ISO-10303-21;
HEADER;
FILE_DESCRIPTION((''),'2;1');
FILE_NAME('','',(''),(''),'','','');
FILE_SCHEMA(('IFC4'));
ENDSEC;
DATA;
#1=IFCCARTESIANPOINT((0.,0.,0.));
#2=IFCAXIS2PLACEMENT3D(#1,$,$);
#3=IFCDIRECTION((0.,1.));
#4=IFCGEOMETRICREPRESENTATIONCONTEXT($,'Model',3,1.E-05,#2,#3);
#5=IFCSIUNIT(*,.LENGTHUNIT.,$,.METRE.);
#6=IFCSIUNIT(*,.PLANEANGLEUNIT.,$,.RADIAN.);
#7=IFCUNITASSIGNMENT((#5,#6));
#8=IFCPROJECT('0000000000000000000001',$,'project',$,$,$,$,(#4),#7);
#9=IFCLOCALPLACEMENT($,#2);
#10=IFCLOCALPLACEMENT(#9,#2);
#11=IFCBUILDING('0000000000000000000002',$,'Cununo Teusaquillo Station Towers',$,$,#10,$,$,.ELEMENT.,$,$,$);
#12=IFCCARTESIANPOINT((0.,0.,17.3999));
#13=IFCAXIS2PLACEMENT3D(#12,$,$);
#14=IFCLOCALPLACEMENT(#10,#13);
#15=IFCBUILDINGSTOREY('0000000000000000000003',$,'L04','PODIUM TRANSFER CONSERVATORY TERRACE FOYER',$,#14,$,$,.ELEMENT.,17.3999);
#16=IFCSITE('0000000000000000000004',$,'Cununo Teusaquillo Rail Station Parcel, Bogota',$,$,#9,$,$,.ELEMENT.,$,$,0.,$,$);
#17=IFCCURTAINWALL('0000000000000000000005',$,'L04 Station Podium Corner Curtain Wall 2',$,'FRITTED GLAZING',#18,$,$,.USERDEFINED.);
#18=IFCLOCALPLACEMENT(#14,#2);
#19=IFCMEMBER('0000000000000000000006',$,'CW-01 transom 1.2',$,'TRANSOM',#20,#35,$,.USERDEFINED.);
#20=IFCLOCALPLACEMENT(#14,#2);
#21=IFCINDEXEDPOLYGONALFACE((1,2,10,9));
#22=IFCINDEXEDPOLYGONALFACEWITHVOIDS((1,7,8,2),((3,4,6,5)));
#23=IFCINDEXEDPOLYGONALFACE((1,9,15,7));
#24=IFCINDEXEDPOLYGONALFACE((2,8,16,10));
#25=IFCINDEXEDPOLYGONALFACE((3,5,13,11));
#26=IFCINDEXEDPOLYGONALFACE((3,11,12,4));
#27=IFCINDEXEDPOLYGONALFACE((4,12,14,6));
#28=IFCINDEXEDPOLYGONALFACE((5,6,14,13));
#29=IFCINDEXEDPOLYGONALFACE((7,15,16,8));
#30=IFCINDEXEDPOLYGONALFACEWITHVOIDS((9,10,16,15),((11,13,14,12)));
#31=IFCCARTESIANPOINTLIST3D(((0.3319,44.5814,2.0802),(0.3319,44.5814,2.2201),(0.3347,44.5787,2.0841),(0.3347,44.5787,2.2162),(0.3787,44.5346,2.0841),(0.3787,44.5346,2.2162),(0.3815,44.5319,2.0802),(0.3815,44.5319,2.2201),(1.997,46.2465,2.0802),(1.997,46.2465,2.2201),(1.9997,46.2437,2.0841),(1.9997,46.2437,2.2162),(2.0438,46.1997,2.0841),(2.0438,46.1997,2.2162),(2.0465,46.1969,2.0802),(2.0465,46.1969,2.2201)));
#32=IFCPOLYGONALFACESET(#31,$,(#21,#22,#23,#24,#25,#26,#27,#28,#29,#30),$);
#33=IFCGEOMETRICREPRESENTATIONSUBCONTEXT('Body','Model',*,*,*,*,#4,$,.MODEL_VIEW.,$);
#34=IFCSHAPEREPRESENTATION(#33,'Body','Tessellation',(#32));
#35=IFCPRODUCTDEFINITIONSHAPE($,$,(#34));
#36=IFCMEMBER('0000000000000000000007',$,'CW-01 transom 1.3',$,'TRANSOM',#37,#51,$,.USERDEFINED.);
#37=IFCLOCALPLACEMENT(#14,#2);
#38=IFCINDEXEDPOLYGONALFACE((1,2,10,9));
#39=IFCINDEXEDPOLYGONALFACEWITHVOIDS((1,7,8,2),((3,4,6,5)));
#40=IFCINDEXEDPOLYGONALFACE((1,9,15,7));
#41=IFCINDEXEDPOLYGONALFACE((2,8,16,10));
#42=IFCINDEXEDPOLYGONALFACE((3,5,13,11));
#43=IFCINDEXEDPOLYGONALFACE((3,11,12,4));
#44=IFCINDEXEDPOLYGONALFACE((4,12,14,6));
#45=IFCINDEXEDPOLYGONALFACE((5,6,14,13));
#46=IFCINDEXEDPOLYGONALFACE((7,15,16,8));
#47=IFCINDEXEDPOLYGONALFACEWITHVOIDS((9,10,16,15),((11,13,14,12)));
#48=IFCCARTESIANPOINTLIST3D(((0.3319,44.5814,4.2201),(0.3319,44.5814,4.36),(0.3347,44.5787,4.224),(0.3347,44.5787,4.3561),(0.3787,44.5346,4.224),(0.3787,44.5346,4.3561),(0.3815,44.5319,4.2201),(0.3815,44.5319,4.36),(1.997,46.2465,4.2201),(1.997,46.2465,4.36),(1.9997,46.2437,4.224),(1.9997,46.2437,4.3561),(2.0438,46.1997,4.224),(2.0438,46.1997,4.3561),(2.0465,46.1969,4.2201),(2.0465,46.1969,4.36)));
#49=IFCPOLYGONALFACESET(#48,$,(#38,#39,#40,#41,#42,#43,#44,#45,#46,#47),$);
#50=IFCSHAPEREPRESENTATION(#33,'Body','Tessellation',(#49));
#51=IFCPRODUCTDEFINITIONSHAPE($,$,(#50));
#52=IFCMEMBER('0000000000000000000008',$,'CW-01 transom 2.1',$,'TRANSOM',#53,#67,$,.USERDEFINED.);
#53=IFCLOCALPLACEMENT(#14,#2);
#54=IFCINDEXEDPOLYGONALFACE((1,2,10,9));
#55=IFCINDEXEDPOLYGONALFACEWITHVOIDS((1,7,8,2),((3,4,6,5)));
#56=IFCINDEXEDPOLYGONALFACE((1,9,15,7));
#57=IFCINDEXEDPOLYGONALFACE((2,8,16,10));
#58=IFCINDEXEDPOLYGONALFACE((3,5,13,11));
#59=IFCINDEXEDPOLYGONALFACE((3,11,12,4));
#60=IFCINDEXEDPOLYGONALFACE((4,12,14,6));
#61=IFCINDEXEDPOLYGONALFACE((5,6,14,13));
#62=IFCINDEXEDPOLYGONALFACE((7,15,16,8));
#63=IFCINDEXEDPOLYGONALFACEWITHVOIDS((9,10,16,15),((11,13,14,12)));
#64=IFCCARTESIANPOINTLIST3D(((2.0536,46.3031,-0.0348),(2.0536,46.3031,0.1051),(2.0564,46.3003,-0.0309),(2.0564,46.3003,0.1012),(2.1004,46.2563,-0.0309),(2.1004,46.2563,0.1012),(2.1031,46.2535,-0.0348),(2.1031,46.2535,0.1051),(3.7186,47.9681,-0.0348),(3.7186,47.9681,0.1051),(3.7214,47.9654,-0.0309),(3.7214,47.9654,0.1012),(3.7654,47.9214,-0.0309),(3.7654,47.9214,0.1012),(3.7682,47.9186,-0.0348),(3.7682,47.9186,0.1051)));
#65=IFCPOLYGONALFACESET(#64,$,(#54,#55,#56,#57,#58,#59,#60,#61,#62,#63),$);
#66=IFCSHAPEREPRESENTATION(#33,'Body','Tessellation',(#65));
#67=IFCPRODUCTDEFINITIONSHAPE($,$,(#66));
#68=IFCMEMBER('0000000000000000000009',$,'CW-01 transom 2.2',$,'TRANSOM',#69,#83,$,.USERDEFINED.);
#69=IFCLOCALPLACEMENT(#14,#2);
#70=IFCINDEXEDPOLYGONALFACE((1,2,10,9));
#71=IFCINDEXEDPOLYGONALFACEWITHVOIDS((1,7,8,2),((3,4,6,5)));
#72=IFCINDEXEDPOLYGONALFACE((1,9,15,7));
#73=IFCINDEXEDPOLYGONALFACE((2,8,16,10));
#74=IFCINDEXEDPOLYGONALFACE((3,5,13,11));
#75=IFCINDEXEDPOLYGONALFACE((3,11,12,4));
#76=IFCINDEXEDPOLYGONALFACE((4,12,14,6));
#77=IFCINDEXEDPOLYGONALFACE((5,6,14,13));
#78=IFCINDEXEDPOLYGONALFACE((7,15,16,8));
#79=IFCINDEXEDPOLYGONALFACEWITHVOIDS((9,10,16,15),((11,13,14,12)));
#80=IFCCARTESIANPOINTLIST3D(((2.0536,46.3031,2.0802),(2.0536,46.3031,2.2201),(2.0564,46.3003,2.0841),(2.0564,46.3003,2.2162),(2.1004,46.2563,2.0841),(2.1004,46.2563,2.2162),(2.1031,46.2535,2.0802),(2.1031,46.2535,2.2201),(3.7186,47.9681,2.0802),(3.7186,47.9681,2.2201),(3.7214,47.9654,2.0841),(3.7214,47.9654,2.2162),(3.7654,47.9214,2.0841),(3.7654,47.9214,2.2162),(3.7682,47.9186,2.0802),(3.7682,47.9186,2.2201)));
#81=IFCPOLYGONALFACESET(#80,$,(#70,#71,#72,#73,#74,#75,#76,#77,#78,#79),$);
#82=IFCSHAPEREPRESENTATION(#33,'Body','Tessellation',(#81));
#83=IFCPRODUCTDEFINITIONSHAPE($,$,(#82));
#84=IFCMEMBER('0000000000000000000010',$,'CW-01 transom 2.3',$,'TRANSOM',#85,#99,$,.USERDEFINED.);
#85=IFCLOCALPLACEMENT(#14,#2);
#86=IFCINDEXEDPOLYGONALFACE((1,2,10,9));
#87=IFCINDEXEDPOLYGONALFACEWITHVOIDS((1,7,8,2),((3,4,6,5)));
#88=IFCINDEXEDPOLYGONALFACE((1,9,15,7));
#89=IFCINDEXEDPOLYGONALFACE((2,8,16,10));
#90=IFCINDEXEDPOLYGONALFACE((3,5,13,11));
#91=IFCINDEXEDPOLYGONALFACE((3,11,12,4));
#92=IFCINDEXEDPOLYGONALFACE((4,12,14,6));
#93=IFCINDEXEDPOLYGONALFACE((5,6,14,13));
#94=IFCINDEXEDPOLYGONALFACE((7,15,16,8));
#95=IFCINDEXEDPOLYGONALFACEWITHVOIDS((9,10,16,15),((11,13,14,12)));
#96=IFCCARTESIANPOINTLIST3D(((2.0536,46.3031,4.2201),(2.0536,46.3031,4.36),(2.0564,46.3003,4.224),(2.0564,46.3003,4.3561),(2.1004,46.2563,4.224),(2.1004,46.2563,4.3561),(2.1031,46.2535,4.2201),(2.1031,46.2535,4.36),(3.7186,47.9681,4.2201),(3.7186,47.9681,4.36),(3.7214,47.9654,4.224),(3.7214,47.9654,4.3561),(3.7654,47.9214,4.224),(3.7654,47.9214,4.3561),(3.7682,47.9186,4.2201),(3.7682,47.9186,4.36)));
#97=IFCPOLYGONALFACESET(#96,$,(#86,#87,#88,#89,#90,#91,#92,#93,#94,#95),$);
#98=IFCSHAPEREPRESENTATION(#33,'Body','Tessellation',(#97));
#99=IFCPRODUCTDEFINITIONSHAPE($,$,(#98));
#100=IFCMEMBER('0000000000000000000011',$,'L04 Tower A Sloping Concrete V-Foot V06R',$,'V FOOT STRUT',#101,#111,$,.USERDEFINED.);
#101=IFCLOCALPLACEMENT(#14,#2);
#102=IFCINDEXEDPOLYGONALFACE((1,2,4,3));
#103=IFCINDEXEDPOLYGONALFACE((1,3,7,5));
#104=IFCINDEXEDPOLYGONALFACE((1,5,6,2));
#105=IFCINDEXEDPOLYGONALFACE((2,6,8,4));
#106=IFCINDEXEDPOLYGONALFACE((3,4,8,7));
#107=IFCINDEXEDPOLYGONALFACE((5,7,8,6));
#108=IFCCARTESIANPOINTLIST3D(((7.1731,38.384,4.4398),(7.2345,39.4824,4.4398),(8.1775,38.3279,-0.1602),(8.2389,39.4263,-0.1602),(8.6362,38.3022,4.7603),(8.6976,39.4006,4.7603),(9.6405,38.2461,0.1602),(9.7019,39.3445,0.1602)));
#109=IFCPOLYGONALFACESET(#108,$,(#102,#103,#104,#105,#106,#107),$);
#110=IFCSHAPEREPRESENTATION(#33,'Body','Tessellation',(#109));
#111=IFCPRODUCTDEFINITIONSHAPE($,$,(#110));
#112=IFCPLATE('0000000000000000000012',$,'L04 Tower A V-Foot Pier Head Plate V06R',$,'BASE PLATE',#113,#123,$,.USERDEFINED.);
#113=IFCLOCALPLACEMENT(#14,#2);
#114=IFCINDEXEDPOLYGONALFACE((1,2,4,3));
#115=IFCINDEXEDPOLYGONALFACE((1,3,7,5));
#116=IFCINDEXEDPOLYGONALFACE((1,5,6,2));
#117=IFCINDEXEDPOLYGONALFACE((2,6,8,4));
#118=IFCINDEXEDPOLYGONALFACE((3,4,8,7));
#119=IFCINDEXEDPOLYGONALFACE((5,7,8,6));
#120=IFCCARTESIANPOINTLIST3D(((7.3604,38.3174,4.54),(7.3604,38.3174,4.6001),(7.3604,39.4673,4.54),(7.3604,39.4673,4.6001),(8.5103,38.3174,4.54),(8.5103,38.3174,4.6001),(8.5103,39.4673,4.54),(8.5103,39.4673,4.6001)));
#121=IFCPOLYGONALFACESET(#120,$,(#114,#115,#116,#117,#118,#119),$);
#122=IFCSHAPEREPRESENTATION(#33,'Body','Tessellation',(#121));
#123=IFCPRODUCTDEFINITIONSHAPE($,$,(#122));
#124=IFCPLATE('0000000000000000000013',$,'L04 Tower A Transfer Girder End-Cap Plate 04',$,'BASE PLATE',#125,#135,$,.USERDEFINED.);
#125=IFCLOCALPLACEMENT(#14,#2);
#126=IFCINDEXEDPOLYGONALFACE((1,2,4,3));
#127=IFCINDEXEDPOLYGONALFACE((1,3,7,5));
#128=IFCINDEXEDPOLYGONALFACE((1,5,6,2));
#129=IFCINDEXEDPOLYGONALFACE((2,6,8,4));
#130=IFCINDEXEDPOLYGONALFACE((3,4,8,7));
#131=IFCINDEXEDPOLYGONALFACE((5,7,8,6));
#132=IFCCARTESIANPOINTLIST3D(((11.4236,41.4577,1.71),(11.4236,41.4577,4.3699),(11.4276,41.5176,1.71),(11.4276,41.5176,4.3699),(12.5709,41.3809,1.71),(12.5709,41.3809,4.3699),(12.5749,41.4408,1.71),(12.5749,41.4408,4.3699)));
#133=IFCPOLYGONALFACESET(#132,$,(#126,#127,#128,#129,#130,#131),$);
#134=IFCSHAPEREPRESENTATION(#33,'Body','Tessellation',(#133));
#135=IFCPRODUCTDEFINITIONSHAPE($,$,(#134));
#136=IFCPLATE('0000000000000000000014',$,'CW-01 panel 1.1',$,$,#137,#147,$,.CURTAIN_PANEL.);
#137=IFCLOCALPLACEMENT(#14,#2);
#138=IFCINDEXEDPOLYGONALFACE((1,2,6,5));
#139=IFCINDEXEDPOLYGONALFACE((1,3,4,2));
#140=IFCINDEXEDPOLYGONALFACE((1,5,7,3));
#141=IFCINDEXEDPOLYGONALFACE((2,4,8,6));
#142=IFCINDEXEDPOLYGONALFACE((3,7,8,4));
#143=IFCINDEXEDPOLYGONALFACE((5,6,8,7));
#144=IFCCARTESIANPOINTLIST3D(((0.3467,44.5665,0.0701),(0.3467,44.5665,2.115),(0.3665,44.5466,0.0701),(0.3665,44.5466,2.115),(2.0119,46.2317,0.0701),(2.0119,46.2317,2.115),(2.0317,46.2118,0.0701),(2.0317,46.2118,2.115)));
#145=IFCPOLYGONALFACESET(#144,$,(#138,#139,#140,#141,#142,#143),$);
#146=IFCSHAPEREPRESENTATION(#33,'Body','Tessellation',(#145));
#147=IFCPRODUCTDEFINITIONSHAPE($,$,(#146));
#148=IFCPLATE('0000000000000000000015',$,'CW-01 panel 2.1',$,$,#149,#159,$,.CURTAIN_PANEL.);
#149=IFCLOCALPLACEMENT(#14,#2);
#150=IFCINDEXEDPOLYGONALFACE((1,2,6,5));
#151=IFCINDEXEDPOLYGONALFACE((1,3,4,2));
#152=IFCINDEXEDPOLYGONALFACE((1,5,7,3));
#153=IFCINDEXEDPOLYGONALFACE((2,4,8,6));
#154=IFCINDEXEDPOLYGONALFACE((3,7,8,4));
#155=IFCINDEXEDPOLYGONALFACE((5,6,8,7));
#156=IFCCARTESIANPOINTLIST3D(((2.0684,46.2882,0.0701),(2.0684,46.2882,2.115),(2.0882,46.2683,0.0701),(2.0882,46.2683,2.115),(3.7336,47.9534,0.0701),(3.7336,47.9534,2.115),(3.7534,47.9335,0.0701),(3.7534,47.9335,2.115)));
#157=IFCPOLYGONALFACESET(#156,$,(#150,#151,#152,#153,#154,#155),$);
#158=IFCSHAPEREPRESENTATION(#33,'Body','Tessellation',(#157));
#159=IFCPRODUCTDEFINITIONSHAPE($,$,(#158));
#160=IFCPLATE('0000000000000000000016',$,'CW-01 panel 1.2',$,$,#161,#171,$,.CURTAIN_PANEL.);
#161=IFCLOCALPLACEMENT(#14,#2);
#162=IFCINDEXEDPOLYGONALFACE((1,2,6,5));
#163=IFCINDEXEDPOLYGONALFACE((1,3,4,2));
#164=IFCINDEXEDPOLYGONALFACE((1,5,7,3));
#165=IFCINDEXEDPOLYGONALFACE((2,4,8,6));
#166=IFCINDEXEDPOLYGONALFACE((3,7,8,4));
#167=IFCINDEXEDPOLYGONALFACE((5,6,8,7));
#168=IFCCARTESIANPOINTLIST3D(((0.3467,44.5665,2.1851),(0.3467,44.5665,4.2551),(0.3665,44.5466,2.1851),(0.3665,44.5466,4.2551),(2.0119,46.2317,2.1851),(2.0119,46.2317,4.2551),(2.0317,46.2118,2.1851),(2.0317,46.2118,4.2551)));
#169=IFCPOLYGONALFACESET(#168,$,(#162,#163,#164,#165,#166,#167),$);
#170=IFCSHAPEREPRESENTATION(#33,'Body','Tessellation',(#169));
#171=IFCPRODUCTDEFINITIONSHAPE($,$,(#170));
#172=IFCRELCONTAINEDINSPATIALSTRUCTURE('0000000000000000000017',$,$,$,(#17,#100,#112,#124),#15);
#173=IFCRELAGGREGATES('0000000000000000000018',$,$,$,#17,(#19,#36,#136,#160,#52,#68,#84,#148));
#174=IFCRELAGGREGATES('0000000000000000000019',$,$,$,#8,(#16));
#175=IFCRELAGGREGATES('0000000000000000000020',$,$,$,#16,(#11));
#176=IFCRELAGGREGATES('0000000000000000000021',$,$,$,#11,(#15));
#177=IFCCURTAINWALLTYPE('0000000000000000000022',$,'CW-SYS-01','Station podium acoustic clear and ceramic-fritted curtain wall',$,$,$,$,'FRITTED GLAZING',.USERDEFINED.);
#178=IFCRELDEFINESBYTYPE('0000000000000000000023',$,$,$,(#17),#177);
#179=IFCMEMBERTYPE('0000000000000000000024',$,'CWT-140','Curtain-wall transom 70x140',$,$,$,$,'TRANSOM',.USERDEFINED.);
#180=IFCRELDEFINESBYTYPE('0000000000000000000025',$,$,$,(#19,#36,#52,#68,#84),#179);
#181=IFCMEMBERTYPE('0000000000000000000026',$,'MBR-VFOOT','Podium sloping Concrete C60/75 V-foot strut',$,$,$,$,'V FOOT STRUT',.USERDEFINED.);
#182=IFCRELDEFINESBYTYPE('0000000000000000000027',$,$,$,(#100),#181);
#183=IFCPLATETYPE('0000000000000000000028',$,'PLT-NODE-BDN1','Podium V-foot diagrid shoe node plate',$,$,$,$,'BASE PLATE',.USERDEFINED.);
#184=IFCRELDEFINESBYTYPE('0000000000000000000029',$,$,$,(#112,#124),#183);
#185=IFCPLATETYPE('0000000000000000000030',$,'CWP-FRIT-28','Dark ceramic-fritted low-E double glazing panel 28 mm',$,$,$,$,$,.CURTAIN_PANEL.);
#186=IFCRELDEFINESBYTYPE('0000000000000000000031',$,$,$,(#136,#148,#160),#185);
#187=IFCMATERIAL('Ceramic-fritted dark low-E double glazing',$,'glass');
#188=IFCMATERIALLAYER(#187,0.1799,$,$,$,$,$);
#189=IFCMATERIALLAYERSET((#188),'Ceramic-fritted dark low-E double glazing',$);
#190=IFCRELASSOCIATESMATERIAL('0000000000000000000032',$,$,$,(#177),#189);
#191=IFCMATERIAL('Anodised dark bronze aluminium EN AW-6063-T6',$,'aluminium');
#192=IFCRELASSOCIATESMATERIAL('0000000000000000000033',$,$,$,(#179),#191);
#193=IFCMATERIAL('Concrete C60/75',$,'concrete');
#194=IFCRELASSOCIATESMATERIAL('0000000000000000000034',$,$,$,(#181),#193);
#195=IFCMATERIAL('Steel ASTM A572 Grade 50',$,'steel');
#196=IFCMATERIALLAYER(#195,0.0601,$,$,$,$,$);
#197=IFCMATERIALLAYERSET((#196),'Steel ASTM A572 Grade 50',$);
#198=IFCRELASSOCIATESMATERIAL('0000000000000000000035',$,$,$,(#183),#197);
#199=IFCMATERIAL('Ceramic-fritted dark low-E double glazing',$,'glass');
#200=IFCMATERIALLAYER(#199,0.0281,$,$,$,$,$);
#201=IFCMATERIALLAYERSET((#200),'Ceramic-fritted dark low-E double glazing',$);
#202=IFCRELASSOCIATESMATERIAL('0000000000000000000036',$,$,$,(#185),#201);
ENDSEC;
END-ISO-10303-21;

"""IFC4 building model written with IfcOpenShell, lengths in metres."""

from ifc_helpers import new_model, si_unit, direction, frame, origin, origin_2d, place, context, subcontext, project, spatial, rectangle, hollow_rectangle, extrude, source, transform, mapped, material, layer, layer_set, material_profile, profile_set, type_object, element, aggregate, save


model = new_model("IFC4")

# Units and contexts
model_context = context("Model", 3, precision=1e-05, world=origin(), true_north=direction((0.0, 1.0)))
body_context = subcontext(model_context, "Body", "Model", "MODEL_VIEW")
ifc_project = project(units=[si_unit("LENGTHUNIT", "METRE"), si_unit("PLANEANGLEUNIT", "RADIAN")], contexts=[model_context])

# Site, building, storey
site_placement = place(None, origin())
site = spatial("IfcSite", under=ifc_project, at=site_placement, Name="Cununo Teusaquillo Rail Station Parcel, Bogota", CompositionType="ELEMENT", RefElevation=0.0)
building_placement = place(site_placement, origin())
building = spatial("IfcBuilding", under=site, at=building_placement, Name="Cununo Teusaquillo Station Towers", CompositionType="ELEMENT")
storey_placement = place(building_placement, frame((0.0, 0.0, 17.3999)))
storey = spatial("IfcBuildingStorey", under=building, at=storey_placement, Name="L04", Description="PODIUM TRANSFER CONSERVATORY TERRACE FOYER", CompositionType="ELEMENT", Elevation=17.3999)

# Curtain wall, members
ifc_material_1 = material(Name="Ceramic-fritted dark low-E double glazing", Category="glass")
ifc_layer_1 = layer(ifc_material_1, 0.1799)
ifc_layer_set_1 = layer_set([ifc_layer_1], Name="Ceramic-fritted dark low-E double glazing")
curtain_wall_type = type_object("IfcCurtainWallType", Name="CW-SYS-01", Description="Station podium acoustic clear and ceramic-fritted curtain wall", ElementType="FRITTED GLAZING", PredefinedType="USERDEFINED", material=ifc_layer_set_1)
curtain_wall_placement = place(storey_placement, origin())
curtain_wall = element("IfcCurtainWall", 1, at=curtain_wall_placement, inside=storey, type_object=curtain_wall_type, Name="L04 Station Podium Corner Curtain Wall 2", ObjectType="FRITTED GLAZING", PredefinedType="USERDEFINED")
ifc_material_2 = material(Name="Anodised dark bronze aluminium EN AW-6063-T6", Category="aluminium")
ifc_material_profile_1 = material_profile(ifc_material_2, hollow_rectangle(XDim=0.0701, YDim=0.1399, WallThickness=0.0039, at=origin_2d()), Name="CW-TRAN-70x140")
ifc_profile_set_1 = profile_set([ifc_material_profile_1], Name="Anodised dark bronze aluminium EN AW-6063-T6")
member_type_1 = type_object("IfcMemberType", Name="CWT-140", Description="Curtain-wall transom 70x140", ElementType="TRANSOM", PredefinedType="USERDEFINED", material=ifc_profile_set_1)
member_1_placement = place(storey_placement, frame((0.3567, 44.5566, 2.1501), z_axis=(0.707107, 0.707107, 0.0), x_axis=(-0.707107, 0.707107, 0.0)))
member_1 = element("IfcMember", 2, at=member_1_placement, type_object=member_type_1, Name="CW-01 transom 1.2", ObjectType="TRANSOM", PredefinedType="USERDEFINED", context=body_context, shape_type="SweptSolid", body=[
    extrude(hollow_rectangle(XDim=0.0701, YDim=0.1399, WallThickness=0.0039, at=origin_2d()), origin(), (0.0, 0.0, 1.0), 2.3547),
])
member_2_placement = place(storey_placement, frame((0.3567, 44.5566, 4.29), z_axis=(0.707107, 0.707107, 0.0), x_axis=(-0.707107, 0.707107, 0.0)))
member_2 = element("IfcMember", 3, at=member_2_placement, type_object=member_type_1, Name="CW-01 transom 1.3", ObjectType="TRANSOM", PredefinedType="USERDEFINED", context=body_context, shape_type="SweptSolid", body=[
    extrude(hollow_rectangle(XDim=0.0701, YDim=0.1399, WallThickness=0.0039, at=origin_2d()), origin(), (0.0, 0.0, 1.0), 2.3547),
])
member_3_placement = place(storey_placement, frame((2.0784, 46.2783, 0.0352), z_axis=(0.707107, 0.707107, 0.0), x_axis=(-0.707107, 0.707107, 0.0)))
member_3 = element("IfcMember", 4, at=member_3_placement, type_object=member_type_1, Name="CW-01 transom 2.1", ObjectType="TRANSOM", PredefinedType="USERDEFINED", context=body_context, shape_type="SweptSolid", body=[
    extrude(hollow_rectangle(XDim=0.0701, YDim=0.1399, WallThickness=0.0039, at=origin_2d()), origin(), (0.0, 0.0, 1.0), 2.3547),
])
member_4_placement = place(storey_placement, frame((2.0784, 46.2783, 2.1501), z_axis=(0.707107, 0.707107, 0.0), x_axis=(-0.707107, 0.707107, 0.0)))
member_4 = element("IfcMember", 5, at=member_4_placement, type_object=member_type_1, Name="CW-01 transom 2.2", ObjectType="TRANSOM", PredefinedType="USERDEFINED", context=body_context, shape_type="SweptSolid", body=[
    extrude(hollow_rectangle(XDim=0.0701, YDim=0.1399, WallThickness=0.0039, at=origin_2d()), origin(), (0.0, 0.0, 1.0), 2.3547),
])
member_5_placement = place(storey_placement, frame((2.0784, 46.2783, 4.29), z_axis=(0.707107, 0.707107, 0.0), x_axis=(-0.707107, 0.707107, 0.0)))
member_5 = element("IfcMember", 6, at=member_5_placement, type_object=member_type_1, Name="CW-01 transom 2.3", ObjectType="TRANSOM", PredefinedType="USERDEFINED", context=body_context, shape_type="SweptSolid", body=[
    extrude(hollow_rectangle(XDim=0.0701, YDim=0.1399, WallThickness=0.0039, at=origin_2d()), origin(), (0.0, 0.0, 1.0), 2.3547),
])

# Member
ifc_material_3 = material(Name="Concrete C60/75", Category="concrete")
ifc_material_profile_2 = material_profile(ifc_material_3, rectangle(XDim=1.1001, YDim=1.5, at=origin_2d()), Name="RC-RECT-1500x1100")
ifc_profile_set_2 = profile_set([ifc_material_profile_2], Name="Concrete C60/75")
member_type_2 = type_object("IfcMemberType", Name="MBR-VFOOT", Description="Podium sloping Concrete C60/75 V-foot strut", ElementType="V FOOT STRUT", PredefinedType="USERDEFINED", material=ifc_profile_set_2)
member_6_placement = place(storey_placement, frame((8.9397, 38.8362, 0.0), z_axis=(-0.213301, 0.011925, 0.976914), x_axis=(-0.055819, -0.998441, 0.0)))
element("IfcMember", 7, at=member_6_placement, inside=storey, type_object=member_type_2, Name="L04 Tower A Sloping Concrete V-Foot V06R", ObjectType="V FOOT STRUT", PredefinedType="USERDEFINED", context=body_context, shape_type="SweptSolid", body=[
    extrude(rectangle(XDim=1.1001, YDim=1.5, at=origin_2d()), origin(), (0.0, 0.0, 1.0), 4.7087),
])

# Plates
ifc_material_4 = material(Name="Steel ASTM A572 Grade 50", Category="steel")
ifc_layer_2 = layer(ifc_material_4, 0.0601)
ifc_layer_set_2 = layer_set([ifc_layer_2], Name="Steel ASTM A572 Grade 50")
plate_type_1 = type_object("IfcPlateType", Name="PLT-NODE-BDN1", Description="Podium V-foot diagrid shoe node plate", ElementType="BASE PLATE", PredefinedType="USERDEFINED", material=ifc_layer_set_2)
shared_shape_1 = source(origin(), body_context, "Body", "SweptSolid", [
    extrude(rectangle(XDim=1.1499, YDim=1.1499, at=origin_2d()), origin(), (0.0, 0.0, 1.0), 0.0601),
])
plate_1_placement = place(storey_placement, frame((7.9353, 38.8923, 4.54), z_axis=(0.0, 0.0, 1.0), x_axis=(1.0, 0.0, 0.0)))
element("IfcPlate", 8, at=plate_1_placement, inside=storey, type_object=plate_type_1, Name="L04 Tower A V-Foot Pier Head Plate V06R", ObjectType="BASE PLATE", PredefinedType="USERDEFINED", context=body_context, shape_type="MappedRepresentation", body=[
    mapped(shared_shape_1, transform((0.0, 0.0, 0.0), x_axis=(1.0, 0.0, 0.0), y_axis=(0.0, 1.0, 0.0), z_axis=(0.0, 0.0, 1.0), scale=1.0)),
])
shared_shape_2 = source(origin(), body_context, "Body", "SweptSolid", [
    extrude(rectangle(XDim=0.0601, YDim=1.1499, at=origin_2d()), origin(), (0.0, 0.0, 1.0), 2.6599),
])
plate_2_placement = place(storey_placement, frame((11.9993, 41.4492, 1.71), z_axis=(0.0, 0.0, 1.0), x_axis=(0.066796, 0.997767, 0.0)))
element("IfcPlate", 9, at=plate_2_placement, inside=storey, type_object=plate_type_1, Name="L04 Tower A Transfer Girder End-Cap Plate 04", ObjectType="BASE PLATE", PredefinedType="USERDEFINED", context=body_context, shape_type="MappedRepresentation", body=[
    mapped(shared_shape_2, transform((0.0, 0.0, 0.0), x_axis=(1.0, 0.0, 0.0), y_axis=(0.0, 1.0, 0.0), z_axis=(0.0, 0.0, 1.0), scale=1.0)),
])

# Plates
ifc_material_5 = material(Name="Ceramic-fritted dark low-E double glazing", Category="glass")
ifc_layer_3 = layer(ifc_material_5, 0.0281)
ifc_layer_set_3 = layer_set([ifc_layer_3], Name="Ceramic-fritted dark low-E double glazing")
plate_type_2 = type_object("IfcPlateType", Name="CWP-FRIT-28", Description="Dark ceramic-fritted low-E double glazing panel 28 mm", PredefinedType="CURTAIN_PANEL", material=ifc_layer_set_3)
shared_shape_3 = source(origin(), body_context, "Body", "SweptSolid", [
    extrude(rectangle(XDim=2.355, YDim=0.0281, at=origin_2d()), origin(), (0.0, 0.0, 1.0), 2.0449),
])
plate_3_placement = place(storey_placement, frame((1.1892, 45.3892, 0.0701), z_axis=(0.0, 0.0, 1.0), x_axis=(0.707107, 0.707107, 0.0)))
plate_3 = element("IfcPlate", 10, at=plate_3_placement, type_object=plate_type_2, Name="CW-01 panel 1.1", PredefinedType="CURTAIN_PANEL", context=body_context, shape_type="MappedRepresentation", body=[
    mapped(shared_shape_3, transform((0.0, 0.0, 0.0), x_axis=(1.0, 0.0, 0.0), y_axis=(0.0, 1.0, 0.0), z_axis=(0.0, 0.0, 1.0), scale=1.0)),
])
plate_4_placement = place(storey_placement, frame((2.9109, 47.1108, 0.0701), z_axis=(0.0, 0.0, 1.0), x_axis=(0.707107, 0.707107, 0.0)))
plate_4 = element("IfcPlate", 11, at=plate_4_placement, type_object=plate_type_2, Name="CW-01 panel 2.1", PredefinedType="CURTAIN_PANEL", context=body_context, shape_type="MappedRepresentation", body=[
    mapped(shared_shape_3, transform((0.0, 0.0, 0.0), x_axis=(1.0, 0.0, 0.0), y_axis=(0.0, 1.0, 0.0), z_axis=(0.0, 0.0, 1.0), scale=1.0)),
])
shared_shape_4 = source(origin(), body_context, "Body", "SweptSolid", [
    extrude(rectangle(XDim=2.355, YDim=0.0281, at=origin_2d()), origin(), (0.0, 0.0, 1.0), 2.0701),
])
plate_5_placement = place(storey_placement, frame((1.1892, 45.3892, 2.1851), z_axis=(0.0, 0.0, 1.0), x_axis=(0.707107, 0.707107, 0.0)))
plate_5 = element("IfcPlate", 12, at=plate_5_placement, type_object=plate_type_2, Name="CW-01 panel 1.2", PredefinedType="CURTAIN_PANEL", context=body_context, shape_type="MappedRepresentation", body=[
    mapped(shared_shape_4, transform((0.0, 0.0, 0.0), x_axis=(1.0, 0.0, 0.0), y_axis=(0.0, 1.0, 0.0), z_axis=(0.0, 0.0, 1.0), scale=1.0)),
])
aggregate(curtain_wall, [member_1, member_2, plate_3, plate_5, member_3, member_4, member_5, plate_4])

save(model, "model.ifc")
